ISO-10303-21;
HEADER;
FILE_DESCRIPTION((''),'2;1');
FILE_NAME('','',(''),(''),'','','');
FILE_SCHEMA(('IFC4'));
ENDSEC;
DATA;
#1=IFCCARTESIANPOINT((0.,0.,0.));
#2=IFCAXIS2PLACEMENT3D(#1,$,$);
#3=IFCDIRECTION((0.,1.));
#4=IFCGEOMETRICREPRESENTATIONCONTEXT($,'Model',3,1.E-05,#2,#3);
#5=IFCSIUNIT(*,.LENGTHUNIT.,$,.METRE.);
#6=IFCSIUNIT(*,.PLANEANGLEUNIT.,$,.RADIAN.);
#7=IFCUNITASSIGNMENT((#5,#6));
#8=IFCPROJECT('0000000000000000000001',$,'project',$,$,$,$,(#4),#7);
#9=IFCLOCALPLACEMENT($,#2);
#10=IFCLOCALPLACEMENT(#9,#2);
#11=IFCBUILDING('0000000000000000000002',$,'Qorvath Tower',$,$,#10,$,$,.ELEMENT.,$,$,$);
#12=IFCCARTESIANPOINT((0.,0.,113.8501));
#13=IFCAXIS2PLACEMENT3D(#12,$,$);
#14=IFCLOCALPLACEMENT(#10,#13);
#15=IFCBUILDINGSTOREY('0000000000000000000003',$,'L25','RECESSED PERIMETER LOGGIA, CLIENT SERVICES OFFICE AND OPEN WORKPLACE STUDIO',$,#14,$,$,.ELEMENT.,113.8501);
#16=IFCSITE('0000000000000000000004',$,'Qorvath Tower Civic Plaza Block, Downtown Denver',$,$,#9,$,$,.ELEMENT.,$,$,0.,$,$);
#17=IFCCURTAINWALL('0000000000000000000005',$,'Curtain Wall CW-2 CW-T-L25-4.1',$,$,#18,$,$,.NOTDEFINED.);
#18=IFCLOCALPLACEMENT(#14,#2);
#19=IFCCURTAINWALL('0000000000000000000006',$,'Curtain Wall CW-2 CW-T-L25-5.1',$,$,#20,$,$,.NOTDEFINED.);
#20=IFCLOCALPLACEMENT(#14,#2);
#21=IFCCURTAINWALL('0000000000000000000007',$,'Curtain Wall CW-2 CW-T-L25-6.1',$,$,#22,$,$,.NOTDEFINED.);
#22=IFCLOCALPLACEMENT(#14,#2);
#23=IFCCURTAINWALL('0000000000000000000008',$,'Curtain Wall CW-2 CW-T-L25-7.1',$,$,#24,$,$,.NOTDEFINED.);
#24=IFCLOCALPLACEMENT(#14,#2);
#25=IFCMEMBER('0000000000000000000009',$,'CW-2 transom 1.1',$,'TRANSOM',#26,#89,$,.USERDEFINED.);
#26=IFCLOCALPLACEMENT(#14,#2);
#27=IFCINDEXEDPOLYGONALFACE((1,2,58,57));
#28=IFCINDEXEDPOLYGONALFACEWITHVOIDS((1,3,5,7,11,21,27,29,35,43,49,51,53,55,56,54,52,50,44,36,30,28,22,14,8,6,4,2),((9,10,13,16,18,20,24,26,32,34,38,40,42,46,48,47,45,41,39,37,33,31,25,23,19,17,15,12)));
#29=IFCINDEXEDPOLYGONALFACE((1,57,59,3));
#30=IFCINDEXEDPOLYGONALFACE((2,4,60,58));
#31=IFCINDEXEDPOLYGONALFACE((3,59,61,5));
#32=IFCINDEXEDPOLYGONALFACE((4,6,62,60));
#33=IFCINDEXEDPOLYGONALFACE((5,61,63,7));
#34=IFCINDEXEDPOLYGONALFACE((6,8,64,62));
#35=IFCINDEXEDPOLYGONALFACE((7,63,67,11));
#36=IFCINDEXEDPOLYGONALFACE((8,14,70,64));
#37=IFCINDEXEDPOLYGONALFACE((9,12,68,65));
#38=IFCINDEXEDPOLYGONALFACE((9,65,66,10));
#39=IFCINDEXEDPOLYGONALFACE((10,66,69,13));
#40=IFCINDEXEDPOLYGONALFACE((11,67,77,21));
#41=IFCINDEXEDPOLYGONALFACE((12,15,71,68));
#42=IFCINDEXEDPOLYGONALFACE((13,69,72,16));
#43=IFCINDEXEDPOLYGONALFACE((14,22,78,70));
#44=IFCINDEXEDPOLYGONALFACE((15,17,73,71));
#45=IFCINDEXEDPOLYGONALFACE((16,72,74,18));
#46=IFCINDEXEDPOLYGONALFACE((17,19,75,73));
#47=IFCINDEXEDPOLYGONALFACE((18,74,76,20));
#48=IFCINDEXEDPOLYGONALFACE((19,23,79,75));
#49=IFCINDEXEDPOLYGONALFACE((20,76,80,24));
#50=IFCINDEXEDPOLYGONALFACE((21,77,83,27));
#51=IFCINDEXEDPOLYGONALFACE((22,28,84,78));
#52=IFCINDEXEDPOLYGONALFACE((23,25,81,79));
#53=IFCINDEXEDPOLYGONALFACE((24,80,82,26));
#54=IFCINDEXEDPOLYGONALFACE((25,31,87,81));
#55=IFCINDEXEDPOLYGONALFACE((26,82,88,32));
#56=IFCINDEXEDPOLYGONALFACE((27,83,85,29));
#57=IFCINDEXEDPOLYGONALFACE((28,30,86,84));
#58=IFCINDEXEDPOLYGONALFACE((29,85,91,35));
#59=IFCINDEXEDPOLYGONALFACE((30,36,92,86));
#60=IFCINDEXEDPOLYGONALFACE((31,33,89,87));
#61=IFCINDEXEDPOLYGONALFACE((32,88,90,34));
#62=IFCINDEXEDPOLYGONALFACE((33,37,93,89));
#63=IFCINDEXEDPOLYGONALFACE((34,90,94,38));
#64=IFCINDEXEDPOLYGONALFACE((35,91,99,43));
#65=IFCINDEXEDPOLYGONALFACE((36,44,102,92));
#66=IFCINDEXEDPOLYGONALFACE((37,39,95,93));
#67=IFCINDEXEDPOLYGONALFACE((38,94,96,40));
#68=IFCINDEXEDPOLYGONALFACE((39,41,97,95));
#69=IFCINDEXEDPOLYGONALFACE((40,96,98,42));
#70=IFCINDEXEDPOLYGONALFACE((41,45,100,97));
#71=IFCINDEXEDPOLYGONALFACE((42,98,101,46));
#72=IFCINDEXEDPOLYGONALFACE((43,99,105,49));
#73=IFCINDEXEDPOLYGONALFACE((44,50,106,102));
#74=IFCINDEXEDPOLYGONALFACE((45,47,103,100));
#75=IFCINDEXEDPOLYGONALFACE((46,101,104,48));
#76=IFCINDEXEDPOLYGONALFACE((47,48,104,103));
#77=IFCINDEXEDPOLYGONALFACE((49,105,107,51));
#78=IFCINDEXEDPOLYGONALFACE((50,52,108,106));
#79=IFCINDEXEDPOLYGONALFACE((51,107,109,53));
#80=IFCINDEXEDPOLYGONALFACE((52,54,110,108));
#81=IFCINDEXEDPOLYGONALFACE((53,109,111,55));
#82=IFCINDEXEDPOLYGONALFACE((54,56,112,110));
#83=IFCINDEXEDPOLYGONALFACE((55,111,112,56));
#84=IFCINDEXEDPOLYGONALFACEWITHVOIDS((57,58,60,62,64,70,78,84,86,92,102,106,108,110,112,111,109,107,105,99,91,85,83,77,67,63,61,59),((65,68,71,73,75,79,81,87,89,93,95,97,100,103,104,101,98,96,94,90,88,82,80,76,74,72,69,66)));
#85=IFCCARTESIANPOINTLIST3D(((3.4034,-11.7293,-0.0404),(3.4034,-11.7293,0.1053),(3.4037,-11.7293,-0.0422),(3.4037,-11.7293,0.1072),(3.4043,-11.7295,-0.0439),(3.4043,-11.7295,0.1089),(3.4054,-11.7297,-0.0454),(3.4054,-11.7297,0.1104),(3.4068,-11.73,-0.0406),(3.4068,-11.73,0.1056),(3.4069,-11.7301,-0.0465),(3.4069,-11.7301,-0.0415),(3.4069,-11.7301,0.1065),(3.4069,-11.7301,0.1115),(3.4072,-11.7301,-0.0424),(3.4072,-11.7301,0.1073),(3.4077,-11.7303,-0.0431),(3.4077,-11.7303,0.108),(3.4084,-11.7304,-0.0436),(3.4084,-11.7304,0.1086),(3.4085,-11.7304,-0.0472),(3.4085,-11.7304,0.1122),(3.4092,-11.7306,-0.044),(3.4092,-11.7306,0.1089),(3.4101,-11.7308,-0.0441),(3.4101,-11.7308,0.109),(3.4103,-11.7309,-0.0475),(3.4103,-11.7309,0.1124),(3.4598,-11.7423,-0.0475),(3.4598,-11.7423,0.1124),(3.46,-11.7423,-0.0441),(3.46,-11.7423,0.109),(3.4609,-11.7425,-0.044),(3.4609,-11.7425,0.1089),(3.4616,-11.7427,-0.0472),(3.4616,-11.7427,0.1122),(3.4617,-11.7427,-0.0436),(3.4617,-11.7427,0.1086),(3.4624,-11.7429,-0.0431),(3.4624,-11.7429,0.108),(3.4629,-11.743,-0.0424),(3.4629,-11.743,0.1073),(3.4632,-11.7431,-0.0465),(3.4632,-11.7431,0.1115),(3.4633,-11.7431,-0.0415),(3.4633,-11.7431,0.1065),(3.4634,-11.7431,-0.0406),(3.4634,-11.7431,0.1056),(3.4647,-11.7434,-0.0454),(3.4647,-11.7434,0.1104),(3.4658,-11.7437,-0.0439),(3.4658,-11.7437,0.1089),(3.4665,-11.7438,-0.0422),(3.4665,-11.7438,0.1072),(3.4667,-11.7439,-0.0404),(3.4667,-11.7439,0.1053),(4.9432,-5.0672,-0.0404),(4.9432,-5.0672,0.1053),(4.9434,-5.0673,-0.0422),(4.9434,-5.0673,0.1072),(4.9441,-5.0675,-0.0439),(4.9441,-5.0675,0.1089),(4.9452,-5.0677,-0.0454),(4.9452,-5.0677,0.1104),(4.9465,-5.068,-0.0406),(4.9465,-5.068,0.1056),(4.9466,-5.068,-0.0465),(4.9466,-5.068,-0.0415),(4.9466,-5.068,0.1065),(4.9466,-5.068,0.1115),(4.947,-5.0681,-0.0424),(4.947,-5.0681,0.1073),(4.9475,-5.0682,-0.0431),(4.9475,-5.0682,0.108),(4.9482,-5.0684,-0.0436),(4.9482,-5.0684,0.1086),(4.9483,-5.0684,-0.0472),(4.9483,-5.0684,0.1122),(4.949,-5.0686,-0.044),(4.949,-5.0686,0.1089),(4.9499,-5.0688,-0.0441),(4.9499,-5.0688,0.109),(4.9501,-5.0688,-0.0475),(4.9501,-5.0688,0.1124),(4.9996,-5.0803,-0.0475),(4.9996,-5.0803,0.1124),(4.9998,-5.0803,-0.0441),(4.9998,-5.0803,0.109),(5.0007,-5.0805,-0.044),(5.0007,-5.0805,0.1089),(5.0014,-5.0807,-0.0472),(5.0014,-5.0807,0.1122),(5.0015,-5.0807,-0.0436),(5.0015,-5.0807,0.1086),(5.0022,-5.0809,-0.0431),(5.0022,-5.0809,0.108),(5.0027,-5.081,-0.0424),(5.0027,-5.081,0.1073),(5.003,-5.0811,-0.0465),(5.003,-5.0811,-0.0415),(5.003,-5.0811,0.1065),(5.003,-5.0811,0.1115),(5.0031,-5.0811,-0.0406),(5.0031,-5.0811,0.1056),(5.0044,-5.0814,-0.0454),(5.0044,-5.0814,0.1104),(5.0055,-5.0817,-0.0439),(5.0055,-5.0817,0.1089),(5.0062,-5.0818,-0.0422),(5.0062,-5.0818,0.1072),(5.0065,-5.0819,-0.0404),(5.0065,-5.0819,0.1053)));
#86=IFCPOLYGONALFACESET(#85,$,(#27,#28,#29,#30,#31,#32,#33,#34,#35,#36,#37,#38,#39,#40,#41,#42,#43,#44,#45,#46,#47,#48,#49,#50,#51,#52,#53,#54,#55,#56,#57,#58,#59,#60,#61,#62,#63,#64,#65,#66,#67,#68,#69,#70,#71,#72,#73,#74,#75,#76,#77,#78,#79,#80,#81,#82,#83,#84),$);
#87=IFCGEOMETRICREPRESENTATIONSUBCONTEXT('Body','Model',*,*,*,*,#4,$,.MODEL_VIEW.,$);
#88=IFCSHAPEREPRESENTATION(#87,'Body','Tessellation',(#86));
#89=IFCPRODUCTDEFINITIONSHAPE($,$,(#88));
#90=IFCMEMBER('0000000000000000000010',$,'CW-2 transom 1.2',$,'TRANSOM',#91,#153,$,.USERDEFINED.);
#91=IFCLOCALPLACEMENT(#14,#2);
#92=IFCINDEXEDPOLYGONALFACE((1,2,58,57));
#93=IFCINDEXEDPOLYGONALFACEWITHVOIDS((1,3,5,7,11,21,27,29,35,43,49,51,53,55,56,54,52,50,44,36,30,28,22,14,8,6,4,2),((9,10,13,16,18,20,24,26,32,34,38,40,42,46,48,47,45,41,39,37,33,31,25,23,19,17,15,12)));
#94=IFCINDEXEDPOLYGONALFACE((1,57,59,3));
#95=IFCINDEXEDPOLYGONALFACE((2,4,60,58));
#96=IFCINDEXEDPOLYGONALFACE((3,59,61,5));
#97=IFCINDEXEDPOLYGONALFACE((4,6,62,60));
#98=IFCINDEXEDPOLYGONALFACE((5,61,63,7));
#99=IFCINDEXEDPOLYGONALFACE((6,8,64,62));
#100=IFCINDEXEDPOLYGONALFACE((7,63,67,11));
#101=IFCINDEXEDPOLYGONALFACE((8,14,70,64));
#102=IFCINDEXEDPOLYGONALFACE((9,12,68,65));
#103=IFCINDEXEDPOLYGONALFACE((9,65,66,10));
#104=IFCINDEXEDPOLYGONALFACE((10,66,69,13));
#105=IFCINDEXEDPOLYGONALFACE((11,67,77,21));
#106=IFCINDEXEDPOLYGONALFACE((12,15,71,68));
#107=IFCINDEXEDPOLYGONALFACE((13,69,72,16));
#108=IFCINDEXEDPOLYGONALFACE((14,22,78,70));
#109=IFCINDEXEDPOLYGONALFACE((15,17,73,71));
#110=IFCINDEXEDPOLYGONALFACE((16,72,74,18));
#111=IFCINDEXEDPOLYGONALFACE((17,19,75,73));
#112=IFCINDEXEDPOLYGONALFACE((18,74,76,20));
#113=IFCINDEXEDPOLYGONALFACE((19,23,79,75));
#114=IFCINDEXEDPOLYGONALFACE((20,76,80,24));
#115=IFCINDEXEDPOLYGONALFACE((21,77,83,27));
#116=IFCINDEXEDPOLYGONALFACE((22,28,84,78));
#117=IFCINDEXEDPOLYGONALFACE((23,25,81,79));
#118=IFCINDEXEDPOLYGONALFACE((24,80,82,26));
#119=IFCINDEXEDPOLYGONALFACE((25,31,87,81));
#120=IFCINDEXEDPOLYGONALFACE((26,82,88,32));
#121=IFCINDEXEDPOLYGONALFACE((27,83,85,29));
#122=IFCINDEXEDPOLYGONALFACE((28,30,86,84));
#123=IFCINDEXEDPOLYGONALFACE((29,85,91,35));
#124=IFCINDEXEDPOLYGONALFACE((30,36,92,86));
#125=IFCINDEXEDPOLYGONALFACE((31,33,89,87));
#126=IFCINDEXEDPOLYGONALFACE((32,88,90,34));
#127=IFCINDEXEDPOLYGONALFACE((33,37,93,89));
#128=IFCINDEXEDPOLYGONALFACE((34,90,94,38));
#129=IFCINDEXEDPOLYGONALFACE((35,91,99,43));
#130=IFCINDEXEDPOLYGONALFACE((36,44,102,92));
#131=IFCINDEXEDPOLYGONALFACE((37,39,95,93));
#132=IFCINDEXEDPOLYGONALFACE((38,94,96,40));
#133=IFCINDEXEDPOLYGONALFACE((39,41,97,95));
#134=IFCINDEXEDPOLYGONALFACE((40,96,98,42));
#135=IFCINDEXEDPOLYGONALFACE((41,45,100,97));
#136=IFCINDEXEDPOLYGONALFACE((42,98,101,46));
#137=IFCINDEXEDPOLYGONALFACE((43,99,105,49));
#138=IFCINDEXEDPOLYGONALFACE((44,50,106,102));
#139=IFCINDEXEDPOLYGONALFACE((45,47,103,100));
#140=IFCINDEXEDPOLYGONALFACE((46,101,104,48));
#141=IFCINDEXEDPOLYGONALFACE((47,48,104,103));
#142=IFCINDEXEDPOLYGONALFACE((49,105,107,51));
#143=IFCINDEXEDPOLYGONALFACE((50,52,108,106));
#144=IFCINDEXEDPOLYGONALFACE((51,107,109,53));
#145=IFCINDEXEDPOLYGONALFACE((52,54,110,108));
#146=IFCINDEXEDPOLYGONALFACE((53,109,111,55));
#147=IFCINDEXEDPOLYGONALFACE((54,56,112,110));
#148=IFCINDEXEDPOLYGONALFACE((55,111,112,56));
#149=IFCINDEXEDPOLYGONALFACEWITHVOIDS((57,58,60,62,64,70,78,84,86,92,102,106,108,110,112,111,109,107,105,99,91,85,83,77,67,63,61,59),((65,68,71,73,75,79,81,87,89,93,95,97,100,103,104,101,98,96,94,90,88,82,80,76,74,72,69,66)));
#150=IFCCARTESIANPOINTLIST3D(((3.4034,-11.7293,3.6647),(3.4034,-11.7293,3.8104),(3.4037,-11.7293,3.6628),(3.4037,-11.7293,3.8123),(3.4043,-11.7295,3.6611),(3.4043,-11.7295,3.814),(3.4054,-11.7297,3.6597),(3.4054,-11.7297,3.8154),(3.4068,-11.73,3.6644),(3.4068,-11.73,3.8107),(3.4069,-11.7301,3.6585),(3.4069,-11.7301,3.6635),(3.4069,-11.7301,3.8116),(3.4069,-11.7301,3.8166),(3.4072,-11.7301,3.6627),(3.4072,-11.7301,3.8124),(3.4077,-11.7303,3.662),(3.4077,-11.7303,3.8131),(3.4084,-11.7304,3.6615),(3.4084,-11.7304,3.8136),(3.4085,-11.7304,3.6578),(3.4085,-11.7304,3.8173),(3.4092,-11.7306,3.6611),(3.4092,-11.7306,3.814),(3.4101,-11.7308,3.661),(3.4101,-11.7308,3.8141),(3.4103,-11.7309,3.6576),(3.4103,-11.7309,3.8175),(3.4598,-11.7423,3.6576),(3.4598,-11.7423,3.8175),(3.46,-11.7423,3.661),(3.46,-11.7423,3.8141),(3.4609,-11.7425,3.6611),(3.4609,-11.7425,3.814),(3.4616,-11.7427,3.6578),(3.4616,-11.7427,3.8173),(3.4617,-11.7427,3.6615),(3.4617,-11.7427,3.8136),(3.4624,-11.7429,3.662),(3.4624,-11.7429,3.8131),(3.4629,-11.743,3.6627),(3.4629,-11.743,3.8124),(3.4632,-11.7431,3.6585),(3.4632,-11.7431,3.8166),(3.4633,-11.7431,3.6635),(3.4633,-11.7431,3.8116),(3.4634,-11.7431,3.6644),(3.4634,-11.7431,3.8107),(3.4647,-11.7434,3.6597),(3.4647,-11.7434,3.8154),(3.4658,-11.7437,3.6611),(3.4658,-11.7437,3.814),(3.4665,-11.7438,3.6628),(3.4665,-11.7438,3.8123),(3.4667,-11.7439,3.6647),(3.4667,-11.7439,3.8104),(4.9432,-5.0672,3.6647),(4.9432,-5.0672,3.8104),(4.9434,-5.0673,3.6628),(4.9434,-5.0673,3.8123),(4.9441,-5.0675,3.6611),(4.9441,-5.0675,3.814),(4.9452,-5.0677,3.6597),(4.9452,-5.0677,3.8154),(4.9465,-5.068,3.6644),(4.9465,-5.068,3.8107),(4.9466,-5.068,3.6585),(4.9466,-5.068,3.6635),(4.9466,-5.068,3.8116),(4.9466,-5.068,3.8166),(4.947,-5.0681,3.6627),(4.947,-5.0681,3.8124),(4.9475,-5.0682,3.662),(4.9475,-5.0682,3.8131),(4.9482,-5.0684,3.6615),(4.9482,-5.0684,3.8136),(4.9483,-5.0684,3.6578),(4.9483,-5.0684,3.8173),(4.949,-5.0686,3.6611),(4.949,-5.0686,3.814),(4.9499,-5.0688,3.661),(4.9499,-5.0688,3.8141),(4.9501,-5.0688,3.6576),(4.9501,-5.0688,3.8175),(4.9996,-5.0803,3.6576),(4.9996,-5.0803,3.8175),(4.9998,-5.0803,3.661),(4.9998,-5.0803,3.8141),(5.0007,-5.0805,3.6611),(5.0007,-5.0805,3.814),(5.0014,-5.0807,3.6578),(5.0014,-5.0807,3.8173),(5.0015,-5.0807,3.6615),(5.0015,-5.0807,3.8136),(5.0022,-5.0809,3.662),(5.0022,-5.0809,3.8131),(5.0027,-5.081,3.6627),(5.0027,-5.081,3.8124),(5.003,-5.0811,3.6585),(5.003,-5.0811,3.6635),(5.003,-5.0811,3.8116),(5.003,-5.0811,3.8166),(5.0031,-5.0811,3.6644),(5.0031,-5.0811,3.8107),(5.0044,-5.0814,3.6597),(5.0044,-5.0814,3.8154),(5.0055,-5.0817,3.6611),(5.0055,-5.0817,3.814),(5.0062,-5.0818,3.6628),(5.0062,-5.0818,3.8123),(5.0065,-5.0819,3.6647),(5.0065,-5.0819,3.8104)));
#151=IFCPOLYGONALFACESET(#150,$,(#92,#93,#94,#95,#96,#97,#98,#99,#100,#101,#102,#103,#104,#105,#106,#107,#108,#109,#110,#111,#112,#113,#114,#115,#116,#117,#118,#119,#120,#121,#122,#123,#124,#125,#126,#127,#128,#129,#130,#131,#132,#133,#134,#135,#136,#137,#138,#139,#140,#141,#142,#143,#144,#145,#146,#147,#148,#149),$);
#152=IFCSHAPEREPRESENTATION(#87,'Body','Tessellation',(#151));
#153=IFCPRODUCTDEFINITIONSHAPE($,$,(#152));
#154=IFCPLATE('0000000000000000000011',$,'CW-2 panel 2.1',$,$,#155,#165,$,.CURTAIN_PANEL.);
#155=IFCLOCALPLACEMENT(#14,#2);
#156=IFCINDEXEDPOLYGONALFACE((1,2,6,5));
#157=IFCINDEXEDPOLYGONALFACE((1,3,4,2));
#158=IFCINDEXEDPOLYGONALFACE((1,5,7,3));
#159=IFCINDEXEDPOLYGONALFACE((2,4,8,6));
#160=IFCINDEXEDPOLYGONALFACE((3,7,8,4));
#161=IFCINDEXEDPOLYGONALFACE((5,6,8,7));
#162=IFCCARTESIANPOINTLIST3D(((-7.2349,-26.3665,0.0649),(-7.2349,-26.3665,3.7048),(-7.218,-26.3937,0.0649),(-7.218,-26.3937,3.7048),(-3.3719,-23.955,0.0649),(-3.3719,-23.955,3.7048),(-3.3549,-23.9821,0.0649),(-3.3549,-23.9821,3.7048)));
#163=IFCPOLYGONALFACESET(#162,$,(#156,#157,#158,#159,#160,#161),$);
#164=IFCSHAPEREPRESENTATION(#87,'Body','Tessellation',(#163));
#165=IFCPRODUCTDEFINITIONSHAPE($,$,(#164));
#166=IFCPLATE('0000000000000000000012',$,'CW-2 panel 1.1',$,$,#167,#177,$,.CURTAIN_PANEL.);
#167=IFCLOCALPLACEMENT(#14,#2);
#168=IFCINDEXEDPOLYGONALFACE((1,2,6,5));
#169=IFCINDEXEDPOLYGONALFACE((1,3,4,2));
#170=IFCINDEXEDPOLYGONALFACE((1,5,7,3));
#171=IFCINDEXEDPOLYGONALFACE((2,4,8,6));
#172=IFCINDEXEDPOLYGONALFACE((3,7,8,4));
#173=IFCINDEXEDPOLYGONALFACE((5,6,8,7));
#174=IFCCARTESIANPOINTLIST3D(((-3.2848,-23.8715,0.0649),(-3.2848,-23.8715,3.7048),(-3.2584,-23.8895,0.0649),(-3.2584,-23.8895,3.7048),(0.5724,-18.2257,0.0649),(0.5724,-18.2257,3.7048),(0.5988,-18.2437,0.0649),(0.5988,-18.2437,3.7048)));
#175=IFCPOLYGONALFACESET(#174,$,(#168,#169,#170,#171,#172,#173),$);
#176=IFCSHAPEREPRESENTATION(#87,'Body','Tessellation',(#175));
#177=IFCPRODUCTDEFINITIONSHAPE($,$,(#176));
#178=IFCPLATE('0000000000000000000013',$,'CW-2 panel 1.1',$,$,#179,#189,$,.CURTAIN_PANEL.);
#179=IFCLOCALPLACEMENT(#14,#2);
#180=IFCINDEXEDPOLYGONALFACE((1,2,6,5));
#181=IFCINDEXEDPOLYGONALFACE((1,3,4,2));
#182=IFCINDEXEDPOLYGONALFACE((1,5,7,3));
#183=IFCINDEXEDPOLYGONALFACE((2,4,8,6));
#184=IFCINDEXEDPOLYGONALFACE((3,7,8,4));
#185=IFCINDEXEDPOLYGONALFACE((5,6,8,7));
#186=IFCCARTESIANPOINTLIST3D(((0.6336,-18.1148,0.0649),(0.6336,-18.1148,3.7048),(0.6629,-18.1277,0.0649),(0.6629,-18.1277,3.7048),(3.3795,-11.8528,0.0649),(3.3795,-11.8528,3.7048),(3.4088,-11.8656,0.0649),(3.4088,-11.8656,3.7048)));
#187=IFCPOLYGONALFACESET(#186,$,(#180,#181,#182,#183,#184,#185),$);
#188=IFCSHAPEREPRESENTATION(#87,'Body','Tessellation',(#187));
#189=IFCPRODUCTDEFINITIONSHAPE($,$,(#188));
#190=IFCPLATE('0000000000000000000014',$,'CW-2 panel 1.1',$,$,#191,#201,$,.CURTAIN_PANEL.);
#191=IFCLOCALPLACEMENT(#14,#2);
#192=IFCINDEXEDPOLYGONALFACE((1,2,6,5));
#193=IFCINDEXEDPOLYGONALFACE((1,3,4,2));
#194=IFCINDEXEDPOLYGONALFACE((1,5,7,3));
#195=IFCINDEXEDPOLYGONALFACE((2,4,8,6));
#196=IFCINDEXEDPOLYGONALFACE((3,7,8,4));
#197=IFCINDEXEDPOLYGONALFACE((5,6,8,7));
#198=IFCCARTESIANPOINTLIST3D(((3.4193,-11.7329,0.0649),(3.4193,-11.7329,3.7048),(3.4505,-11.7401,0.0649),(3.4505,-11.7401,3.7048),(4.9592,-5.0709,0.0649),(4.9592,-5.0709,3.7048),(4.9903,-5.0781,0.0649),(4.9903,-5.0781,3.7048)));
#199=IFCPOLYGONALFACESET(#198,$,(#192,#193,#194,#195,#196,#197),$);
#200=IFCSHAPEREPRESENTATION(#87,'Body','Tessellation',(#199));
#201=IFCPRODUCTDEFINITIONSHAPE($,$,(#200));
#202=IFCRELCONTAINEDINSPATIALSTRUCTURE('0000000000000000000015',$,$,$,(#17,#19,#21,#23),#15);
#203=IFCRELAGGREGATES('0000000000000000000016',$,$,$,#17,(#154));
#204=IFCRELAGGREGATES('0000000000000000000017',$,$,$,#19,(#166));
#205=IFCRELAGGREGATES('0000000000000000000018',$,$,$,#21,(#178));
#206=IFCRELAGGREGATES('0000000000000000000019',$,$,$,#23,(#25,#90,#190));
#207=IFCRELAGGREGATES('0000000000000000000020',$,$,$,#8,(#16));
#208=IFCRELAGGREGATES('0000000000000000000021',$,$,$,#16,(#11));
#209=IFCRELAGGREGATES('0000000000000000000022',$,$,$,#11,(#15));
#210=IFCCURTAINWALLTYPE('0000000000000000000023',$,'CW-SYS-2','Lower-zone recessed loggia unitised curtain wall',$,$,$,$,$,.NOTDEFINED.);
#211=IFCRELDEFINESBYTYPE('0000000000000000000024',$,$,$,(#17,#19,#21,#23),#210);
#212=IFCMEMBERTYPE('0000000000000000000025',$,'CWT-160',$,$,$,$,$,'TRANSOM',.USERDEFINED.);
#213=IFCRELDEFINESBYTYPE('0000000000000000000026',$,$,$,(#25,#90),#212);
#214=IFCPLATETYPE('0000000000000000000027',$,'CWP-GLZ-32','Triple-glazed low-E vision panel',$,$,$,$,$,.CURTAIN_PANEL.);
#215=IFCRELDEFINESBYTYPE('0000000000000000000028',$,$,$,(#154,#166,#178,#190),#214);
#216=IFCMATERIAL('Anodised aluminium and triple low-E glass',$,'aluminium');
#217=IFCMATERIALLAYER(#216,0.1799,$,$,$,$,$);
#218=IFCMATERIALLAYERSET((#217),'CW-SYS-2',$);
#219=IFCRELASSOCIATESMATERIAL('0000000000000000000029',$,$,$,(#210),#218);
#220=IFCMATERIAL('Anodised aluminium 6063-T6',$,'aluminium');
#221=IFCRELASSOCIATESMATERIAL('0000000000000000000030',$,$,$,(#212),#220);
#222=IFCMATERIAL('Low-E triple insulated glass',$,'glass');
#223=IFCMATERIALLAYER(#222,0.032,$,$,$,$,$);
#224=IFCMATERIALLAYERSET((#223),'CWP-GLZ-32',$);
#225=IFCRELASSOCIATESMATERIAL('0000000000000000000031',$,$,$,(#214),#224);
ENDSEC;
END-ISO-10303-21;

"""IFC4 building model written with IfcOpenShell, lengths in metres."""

from ifc_helpers import new_model, si_unit, direction, frame, origin, origin_2d, place, context, subcontext, project, spatial, rectangle, hollow_rectangle, extrude, material, layer, layer_set, material_profile, profile_set, type_object, element, aggregate, save


model = new_model("IFC4")

# Units and contexts
model_context = context("Model", 3, precision=1e-05, world=origin(), true_north=direction((0.0, 1.0)))
body_context = subcontext(model_context, "Body", "Model", "MODEL_VIEW")
ifc_project = project(units=[si_unit("LENGTHUNIT", "METRE"), si_unit("PLANEANGLEUNIT", "RADIAN")], contexts=[model_context])

# Site, building, storey
site_placement = place(None, origin())
site = spatial("IfcSite", under=ifc_project, at=site_placement, Name="Qorvath Tower Civic Plaza Block, Downtown Denver", CompositionType="ELEMENT", RefElevation=0.0)
building_placement = place(site_placement, origin())
building = spatial("IfcBuilding", under=site, at=building_placement, Name="Qorvath Tower", CompositionType="ELEMENT")
storey_placement = place(building_placement, frame((0.0, 0.0, 113.8501)))
storey = spatial("IfcBuildingStorey", under=building, at=storey_placement, Name="L25", Description="RECESSED PERIMETER LOGGIA, CLIENT SERVICES OFFICE AND OPEN WORKPLACE STUDIO", CompositionType="ELEMENT", Elevation=113.8501)

# Curtain walls
ifc_material_1 = material(Name="Anodised aluminium and triple low-E glass", Category="aluminium")
ifc_layer_1 = layer(ifc_material_1, 0.1799)
ifc_layer_set_1 = layer_set([ifc_layer_1], Name="CW-SYS-2")
curtain_wall_type = type_object("IfcCurtainWallType", Name="CW-SYS-2", Description="Lower-zone recessed loggia unitised curtain wall", PredefinedType="NOTDEFINED", material=ifc_layer_set_1)
curtain_wall_1_placement = place(storey_placement, origin())
curtain_wall_1 = element("IfcCurtainWall", 1, at=curtain_wall_1_placement, inside=storey, type_object=curtain_wall_type, Name="Curtain Wall CW-2 CW-T-L25-4.1", PredefinedType="NOTDEFINED")
curtain_wall_2_placement = place(storey_placement, origin())
curtain_wall_2 = element("IfcCurtainWall", 2, at=curtain_wall_2_placement, inside=storey, type_object=curtain_wall_type, Name="Curtain Wall CW-2 CW-T-L25-5.1", PredefinedType="NOTDEFINED")
curtain_wall_3_placement = place(storey_placement, origin())
curtain_wall_3 = element("IfcCurtainWall", 3, at=curtain_wall_3_placement, inside=storey, type_object=curtain_wall_type, Name="Curtain Wall CW-2 CW-T-L25-6.1", PredefinedType="NOTDEFINED")
curtain_wall_4_placement = place(storey_placement, origin())
curtain_wall_4 = element("IfcCurtainWall", 4, at=curtain_wall_4_placement, inside=storey, type_object=curtain_wall_type, Name="Curtain Wall CW-2 CW-T-L25-7.1", PredefinedType="NOTDEFINED")

# Members
ifc_material_2 = material(Name="Anodised aluminium 6063-T6", Category="aluminium")
ifc_material_profile_1 = material_profile(ifc_material_2, hollow_rectangle(XDim=0.0649, YDim=0.1599, WallThickness=0.0034, InnerFilletRadius=0.0034, OuterFilletRadius=0.0071, at=origin_2d()), Name="CWT 160x65")
ifc_profile_set_1 = profile_set([ifc_material_profile_1], Name="Anodised aluminium 6063-T6")
member_type_1 = type_object("IfcMemberType", Name="CWT-160", ElementType="TRANSOM", PredefinedType="USERDEFINED", material=ifc_profile_set_1)
member_1_placement = place(storey_placement, frame((3.4351, -11.7366, 0.0325), z_axis=(0.225191, 0.974315, 0.0), x_axis=(-0.974315, 0.225191, 0.0)))
member_1 = element("IfcMember", 5, at=member_1_placement, type_object=member_type_1, Name="CW-2 transom 1.1", ObjectType="TRANSOM", PredefinedType="USERDEFINED", context=body_context, shape_type="SweptSolid", body=[
    extrude(hollow_rectangle(XDim=0.0649, YDim=0.1599, WallThickness=0.0034, InnerFilletRadius=0.0034, OuterFilletRadius=0.0071, at=origin_2d()), origin(), (0.0, 0.0, 1.0), 6.8376),
])
member_2_placement = place(storey_placement, frame((3.4351, -11.7366, 3.7375), z_axis=(0.225191, 0.974315, 0.0), x_axis=(-0.974315, 0.225191, 0.0)))
member_2 = element("IfcMember", 6, at=member_2_placement, type_object=member_type_1, Name="CW-2 transom 1.2", ObjectType="TRANSOM", PredefinedType="USERDEFINED", context=body_context, shape_type="SweptSolid", body=[
    extrude(hollow_rectangle(XDim=0.0649, YDim=0.1599, WallThickness=0.0034, InnerFilletRadius=0.0034, OuterFilletRadius=0.0071, at=origin_2d()), origin(), (0.0, 0.0, 1.0), 6.8376),
])

# Plates
ifc_material_3 = material(Name="Low-E triple insulated glass", Category="glass")
ifc_layer_2 = layer(ifc_material_3, 0.032)
ifc_layer_set_2 = layer_set([ifc_layer_2], Name="CWP-GLZ-32")
plate_type = type_object("IfcPlateType", Name="CWP-GLZ-32", Description="Triple-glazed low-E vision panel", PredefinedType="CURTAIN_PANEL", material=ifc_layer_set_2)
plate_1_placement = place(storey_placement, frame((-5.2949, -25.1743, 0.0649), z_axis=(0.0, 0.0, 1.0), x_axis=(0.84828, 0.529549, 0.0)))
plate_1 = element("IfcPlate", 7, at=plate_1_placement, type_object=plate_type, Name="CW-2 panel 2.1", PredefinedType="CURTAIN_PANEL", context=body_context, shape_type="SweptSolid", body=[
    extrude(rectangle(XDim=4.554, YDim=0.032, at=origin_2d()), origin(), (0.0, 0.0, 1.0), 3.6399),
])
aggregate(curtain_wall_1, [plate_1])
plate_2_placement = place(storey_placement, frame((-1.343, -21.0576, 0.0649), z_axis=(0.0, 0.0, 1.0), x_axis=(0.564117, 0.825695, 0.0)))
plate_2 = element("IfcPlate", 8, at=plate_2_placement, type_object=plate_type, Name="CW-2 panel 1.1", PredefinedType="CURTAIN_PANEL", context=body_context, shape_type="SweptSolid", body=[
    extrude(rectangle(XDim=6.8376, YDim=0.032, at=origin_2d()), origin(), (0.0, 0.0, 1.0), 3.6399),
])
aggregate(curtain_wall_2, [plate_2])
plate_3_placement = place(storey_placement, frame((2.0212, -14.9902, 0.0649), z_axis=(0.0, 0.0, 1.0), x_axis=(0.401586, 0.915821, 0.0)))
plate_3 = element("IfcPlate", 9, at=plate_3_placement, type_object=plate_type, Name="CW-2 panel 1.1", PredefinedType="CURTAIN_PANEL", context=body_context, shape_type="SweptSolid", body=[
    extrude(rectangle(XDim=6.8376, YDim=0.032, at=origin_2d()), origin(), (0.0, 0.0, 1.0), 3.6399),
])
aggregate(curtain_wall_3, [plate_3])
plate_4_placement = place(storey_placement, frame((4.2048, -8.4055, 0.0649), z_axis=(0.0, 0.0, 1.0), x_axis=(0.2252, 0.974313, 0.0)))
plate_4 = element("IfcPlate", 10, at=plate_4_placement, type_object=plate_type, Name="CW-2 panel 1.1", PredefinedType="CURTAIN_PANEL", context=body_context, shape_type="SweptSolid", body=[
    extrude(rectangle(XDim=6.8376, YDim=0.032, at=origin_2d()), origin(), (0.0, 0.0, 1.0), 3.6399),
])
aggregate(curtain_wall_4, [member_1, member_2, plate_4])

save(model, "model.ifc")
